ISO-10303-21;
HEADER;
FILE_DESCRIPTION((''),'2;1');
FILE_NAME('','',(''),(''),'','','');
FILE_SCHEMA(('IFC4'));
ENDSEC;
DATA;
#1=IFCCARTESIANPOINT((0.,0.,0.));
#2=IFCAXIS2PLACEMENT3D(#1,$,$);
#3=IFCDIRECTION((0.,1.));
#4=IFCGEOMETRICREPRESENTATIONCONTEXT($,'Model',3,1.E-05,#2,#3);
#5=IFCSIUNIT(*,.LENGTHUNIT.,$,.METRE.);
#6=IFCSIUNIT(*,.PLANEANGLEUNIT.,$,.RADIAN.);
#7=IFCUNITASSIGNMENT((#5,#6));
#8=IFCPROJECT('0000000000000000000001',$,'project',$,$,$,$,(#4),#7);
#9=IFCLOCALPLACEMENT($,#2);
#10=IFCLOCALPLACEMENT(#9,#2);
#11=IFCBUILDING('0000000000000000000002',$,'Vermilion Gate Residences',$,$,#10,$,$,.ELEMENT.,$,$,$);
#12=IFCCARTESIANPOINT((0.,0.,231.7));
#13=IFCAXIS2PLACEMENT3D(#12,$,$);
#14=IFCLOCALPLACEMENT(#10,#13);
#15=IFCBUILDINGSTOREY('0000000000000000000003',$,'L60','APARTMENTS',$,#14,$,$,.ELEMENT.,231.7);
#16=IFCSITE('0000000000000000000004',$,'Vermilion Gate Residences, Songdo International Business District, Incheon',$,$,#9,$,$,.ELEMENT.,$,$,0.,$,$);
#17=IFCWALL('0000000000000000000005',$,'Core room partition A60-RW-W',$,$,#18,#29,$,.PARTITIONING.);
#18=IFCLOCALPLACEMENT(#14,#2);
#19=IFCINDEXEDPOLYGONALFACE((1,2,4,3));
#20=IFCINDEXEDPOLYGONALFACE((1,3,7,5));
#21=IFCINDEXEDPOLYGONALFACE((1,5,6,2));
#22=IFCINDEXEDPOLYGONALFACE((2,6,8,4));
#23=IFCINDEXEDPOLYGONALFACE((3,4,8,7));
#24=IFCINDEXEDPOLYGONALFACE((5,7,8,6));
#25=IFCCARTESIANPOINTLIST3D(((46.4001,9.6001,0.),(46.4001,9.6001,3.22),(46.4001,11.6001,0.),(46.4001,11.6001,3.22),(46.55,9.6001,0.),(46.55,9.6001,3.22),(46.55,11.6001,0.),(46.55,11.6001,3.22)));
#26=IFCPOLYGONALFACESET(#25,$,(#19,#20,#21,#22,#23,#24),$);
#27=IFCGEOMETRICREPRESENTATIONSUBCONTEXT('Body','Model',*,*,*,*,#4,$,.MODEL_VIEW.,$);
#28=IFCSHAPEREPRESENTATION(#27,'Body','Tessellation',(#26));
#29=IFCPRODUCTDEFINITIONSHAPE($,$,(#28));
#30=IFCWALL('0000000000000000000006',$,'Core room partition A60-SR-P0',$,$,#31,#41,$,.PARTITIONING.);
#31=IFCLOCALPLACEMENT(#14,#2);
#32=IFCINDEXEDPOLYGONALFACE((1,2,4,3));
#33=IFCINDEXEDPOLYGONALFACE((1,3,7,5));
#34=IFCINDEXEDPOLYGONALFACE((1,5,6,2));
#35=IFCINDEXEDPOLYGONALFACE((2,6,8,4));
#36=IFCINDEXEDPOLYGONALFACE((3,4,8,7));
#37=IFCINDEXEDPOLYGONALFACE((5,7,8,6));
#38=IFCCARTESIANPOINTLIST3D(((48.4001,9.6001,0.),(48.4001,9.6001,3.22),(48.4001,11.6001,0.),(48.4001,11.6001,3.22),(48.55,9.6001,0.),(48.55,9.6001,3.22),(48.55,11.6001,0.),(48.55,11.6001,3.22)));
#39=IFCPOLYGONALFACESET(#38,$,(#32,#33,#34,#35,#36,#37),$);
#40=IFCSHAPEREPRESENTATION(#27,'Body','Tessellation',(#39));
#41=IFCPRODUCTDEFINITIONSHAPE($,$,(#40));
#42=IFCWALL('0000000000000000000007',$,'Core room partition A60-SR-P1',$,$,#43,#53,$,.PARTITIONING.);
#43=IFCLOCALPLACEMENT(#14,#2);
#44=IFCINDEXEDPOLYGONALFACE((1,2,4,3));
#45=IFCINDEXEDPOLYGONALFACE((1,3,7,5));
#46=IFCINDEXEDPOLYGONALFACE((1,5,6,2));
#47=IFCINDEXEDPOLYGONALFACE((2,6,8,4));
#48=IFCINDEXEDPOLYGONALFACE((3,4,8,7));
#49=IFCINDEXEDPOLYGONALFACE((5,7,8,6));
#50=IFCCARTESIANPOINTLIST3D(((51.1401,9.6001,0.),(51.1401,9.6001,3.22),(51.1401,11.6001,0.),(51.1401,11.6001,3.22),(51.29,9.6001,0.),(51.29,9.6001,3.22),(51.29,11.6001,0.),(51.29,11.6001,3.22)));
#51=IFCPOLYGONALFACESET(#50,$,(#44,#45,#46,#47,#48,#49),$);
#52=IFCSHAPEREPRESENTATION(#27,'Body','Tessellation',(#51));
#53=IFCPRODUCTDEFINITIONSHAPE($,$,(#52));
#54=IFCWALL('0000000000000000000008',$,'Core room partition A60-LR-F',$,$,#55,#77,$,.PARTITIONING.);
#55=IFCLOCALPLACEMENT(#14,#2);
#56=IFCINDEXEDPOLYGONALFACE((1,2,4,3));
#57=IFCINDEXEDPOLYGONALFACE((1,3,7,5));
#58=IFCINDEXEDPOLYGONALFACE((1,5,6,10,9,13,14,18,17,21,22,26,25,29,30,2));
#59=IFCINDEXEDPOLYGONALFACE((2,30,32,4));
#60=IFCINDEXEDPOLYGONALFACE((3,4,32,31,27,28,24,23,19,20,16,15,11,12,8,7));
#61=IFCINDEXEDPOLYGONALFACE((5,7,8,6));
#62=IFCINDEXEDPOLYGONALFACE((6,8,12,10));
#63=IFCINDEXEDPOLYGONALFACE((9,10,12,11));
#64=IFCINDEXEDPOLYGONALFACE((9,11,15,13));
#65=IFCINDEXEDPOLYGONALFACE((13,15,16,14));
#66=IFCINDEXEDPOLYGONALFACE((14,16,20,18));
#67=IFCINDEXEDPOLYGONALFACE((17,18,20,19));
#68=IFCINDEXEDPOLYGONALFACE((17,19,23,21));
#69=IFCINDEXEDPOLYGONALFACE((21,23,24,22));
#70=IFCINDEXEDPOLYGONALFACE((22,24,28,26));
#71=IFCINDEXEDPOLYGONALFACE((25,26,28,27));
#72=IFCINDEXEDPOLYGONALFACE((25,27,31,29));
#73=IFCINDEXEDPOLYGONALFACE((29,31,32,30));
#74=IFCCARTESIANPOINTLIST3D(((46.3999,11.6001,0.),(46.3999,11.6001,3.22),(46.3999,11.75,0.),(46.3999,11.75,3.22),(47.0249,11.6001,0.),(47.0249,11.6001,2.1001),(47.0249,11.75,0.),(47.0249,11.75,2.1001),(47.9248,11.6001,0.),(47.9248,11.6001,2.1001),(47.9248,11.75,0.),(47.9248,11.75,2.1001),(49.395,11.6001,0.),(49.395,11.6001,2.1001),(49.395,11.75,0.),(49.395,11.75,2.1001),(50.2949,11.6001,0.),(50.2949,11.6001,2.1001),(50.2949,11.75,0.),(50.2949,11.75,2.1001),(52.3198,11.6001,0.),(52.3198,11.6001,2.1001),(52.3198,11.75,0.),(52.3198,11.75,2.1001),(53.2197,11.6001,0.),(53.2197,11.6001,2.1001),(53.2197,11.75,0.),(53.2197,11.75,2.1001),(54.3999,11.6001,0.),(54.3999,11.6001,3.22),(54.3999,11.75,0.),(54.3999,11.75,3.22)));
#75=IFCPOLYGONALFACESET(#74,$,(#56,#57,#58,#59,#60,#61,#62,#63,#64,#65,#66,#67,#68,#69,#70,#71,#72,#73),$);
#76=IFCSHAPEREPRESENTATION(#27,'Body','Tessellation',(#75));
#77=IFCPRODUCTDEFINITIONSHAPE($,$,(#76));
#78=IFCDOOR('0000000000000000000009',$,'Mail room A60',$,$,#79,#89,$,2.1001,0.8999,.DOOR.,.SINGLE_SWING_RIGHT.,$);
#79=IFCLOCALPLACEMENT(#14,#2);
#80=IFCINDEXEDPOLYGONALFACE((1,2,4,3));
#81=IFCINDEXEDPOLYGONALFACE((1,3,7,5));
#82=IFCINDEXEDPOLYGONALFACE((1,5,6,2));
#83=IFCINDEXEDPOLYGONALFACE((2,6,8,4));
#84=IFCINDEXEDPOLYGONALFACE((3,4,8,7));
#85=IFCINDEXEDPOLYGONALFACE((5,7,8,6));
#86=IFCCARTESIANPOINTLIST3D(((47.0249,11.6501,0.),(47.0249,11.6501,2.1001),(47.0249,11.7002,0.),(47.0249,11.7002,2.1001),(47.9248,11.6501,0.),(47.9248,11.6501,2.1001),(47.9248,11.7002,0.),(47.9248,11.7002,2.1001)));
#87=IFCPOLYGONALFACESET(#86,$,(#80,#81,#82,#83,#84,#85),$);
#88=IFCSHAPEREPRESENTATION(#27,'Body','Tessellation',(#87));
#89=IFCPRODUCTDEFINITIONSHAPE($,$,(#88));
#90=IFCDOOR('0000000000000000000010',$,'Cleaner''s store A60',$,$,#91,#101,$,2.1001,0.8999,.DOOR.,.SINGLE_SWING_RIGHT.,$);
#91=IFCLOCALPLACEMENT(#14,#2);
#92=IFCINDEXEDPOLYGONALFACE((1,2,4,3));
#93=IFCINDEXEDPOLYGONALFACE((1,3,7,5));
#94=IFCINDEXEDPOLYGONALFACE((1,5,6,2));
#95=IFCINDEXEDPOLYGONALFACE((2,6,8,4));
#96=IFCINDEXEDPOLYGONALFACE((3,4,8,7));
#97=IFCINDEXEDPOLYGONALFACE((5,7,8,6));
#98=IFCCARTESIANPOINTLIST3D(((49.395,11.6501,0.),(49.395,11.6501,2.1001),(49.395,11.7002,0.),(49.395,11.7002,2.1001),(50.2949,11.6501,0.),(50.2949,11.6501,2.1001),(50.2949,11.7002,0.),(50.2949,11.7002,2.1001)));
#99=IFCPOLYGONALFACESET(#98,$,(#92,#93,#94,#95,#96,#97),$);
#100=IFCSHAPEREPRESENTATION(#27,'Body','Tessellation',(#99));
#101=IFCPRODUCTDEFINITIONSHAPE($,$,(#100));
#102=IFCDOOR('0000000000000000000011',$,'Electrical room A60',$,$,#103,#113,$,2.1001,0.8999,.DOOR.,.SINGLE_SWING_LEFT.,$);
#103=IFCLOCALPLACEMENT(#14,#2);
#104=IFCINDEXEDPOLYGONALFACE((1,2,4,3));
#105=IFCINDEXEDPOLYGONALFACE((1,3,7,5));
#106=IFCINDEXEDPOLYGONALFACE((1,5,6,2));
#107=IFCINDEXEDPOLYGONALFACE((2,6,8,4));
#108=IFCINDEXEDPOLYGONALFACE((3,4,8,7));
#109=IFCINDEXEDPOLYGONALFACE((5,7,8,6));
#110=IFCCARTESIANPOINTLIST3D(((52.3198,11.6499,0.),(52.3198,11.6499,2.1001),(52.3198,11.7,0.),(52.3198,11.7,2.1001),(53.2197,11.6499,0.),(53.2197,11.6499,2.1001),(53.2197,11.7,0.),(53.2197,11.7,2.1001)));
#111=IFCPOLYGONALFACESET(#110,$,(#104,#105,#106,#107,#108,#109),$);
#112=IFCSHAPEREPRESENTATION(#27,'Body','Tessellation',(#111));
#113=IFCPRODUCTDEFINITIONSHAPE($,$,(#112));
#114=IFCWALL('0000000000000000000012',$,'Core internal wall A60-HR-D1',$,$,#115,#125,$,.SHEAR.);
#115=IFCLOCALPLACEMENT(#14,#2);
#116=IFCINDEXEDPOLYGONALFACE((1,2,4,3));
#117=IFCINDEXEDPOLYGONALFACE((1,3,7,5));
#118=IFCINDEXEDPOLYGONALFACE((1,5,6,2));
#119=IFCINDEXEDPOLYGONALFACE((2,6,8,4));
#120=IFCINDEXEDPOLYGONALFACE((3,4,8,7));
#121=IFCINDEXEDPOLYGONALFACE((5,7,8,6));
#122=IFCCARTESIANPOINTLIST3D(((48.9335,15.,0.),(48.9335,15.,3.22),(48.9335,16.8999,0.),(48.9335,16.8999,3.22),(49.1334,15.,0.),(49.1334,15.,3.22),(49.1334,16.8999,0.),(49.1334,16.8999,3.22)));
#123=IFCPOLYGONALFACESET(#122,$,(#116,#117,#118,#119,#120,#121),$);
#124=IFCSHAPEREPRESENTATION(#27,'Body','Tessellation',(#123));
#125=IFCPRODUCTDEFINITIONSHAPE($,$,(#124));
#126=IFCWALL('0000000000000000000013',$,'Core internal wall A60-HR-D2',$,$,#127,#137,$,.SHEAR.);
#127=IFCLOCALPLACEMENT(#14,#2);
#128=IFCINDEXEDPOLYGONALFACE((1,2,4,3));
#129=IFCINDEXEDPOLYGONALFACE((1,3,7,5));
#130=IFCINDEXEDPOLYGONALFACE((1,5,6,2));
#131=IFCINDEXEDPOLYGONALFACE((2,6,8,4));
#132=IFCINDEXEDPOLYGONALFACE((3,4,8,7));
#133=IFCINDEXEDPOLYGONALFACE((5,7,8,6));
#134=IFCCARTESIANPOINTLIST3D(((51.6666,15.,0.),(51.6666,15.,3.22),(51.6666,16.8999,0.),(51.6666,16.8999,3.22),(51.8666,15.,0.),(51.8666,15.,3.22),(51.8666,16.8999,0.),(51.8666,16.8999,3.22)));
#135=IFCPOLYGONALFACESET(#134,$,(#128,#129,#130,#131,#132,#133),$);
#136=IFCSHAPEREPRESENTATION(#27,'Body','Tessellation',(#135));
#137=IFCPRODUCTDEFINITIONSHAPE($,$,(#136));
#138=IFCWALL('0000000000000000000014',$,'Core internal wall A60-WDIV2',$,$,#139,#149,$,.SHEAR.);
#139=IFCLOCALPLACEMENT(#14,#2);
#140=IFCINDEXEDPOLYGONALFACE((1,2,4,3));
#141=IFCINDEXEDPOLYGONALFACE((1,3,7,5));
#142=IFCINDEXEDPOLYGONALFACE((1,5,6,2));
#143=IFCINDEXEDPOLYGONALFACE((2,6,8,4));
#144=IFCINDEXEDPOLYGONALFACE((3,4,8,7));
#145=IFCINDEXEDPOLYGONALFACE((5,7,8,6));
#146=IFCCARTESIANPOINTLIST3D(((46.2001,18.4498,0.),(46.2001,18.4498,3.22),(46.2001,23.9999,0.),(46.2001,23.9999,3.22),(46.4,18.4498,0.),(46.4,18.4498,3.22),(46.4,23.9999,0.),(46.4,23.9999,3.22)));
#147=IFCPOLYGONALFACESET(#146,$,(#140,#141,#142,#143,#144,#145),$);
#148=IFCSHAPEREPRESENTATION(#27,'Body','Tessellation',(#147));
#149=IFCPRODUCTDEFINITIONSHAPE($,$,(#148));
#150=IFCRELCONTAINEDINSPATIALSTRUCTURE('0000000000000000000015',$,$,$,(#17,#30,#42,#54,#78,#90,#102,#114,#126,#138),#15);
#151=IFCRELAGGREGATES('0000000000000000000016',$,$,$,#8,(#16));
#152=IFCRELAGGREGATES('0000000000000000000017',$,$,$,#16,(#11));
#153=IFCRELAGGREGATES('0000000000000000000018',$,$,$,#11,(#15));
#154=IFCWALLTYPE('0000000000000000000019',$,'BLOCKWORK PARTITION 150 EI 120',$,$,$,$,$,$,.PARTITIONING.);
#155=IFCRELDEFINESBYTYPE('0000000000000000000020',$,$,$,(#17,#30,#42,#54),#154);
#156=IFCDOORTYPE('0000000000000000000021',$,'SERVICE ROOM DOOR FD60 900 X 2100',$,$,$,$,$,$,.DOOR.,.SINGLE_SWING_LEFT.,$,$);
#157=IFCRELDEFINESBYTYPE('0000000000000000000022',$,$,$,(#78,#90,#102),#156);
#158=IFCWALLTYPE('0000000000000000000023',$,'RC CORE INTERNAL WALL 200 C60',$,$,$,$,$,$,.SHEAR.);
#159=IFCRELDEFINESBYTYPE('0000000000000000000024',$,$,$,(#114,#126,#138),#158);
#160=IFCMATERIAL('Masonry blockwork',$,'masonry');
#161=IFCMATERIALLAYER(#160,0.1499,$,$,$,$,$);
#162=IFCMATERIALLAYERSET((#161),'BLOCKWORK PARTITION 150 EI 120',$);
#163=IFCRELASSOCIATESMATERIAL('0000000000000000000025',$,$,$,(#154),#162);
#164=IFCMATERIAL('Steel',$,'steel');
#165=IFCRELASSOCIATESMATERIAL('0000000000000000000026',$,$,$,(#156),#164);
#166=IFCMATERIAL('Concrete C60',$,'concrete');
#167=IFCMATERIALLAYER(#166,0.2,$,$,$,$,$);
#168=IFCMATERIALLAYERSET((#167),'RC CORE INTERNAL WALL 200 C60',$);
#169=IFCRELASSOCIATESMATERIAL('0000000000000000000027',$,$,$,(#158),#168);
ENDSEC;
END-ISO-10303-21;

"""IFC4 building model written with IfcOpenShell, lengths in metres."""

from ifc_helpers import new_model, si_unit, direction, frame, frame_2d, origin, place, context, subcontext, project, spatial, rectangle, extrude, material, layer, layer_set, type_object, element, fill, save


model = new_model("IFC4")

# Units and contexts
model_context = context("Model", 3, precision=1e-05, world=origin(), true_north=direction((0.0, 1.0)))
body_context = subcontext(model_context, "Body", "Model", "MODEL_VIEW")
ifc_project = project(units=[si_unit("LENGTHUNIT", "METRE"), si_unit("PLANEANGLEUNIT", "RADIAN")], contexts=[model_context])

# Site, building, storey
site_placement = place(None, origin())
site = spatial("IfcSite", under=ifc_project, at=site_placement, Name="Vermilion Gate Residences, Songdo International Business District, Incheon", CompositionType="ELEMENT", RefElevation=0.0)
building_placement = place(site_placement, origin())
building = spatial("IfcBuilding", under=site, at=building_placement, Name="Vermilion Gate Residences", CompositionType="ELEMENT")
storey_placement = place(building_placement, frame((0.0, 0.0, 231.7)))
storey = spatial("IfcBuildingStorey", under=building, at=storey_placement, Name="L60", Description="APARTMENTS", CompositionType="ELEMENT", Elevation=231.7)

# Walls
ifc_material_1 = material(Name="Masonry blockwork", Category="masonry")
ifc_layer_1 = layer(ifc_material_1, 0.1499)
ifc_layer_set_1 = layer_set([ifc_layer_1], Name="BLOCKWORK PARTITION 150 EI 120")
wall_type_1 = type_object("IfcWallType", Name="BLOCKWORK PARTITION 150 EI 120", PredefinedType="PARTITIONING", material=ifc_layer_set_1)
for number, where, z_axis, x_axis, name in (
    (1, (46.4751, 9.6001, 0.0), (0.0, 0.0, 1.0), (0.0, 1.0, 0.0), "Core room partition A60-RW-W"),
    (2, (48.4751, 9.6001, 0.0), (0.0, 0.0, 1.0), (0.0, 1.0, 0.0), "Core room partition A60-SR-P0"),
    (3, (51.2151, 9.6001, 0.0), (0.0, 0.0, 1.0), (0.0, 1.0, 0.0), "Core room partition A60-SR-P1"),
):
    element("IfcWall", number, at=place(storey_placement, frame(where, z_axis=z_axis, x_axis=x_axis)), inside=storey, type_object=wall_type_1, Name=name, PredefinedType="PARTITIONING", context=body_context, shape_type="SweptSolid", body=[
        extrude(rectangle(XDim=2.0, YDim=0.1499, at=frame_2d((1.0, 0.0))), origin(), (0.0, 0.0, 1.0), 3.22),
    ])

# Wall, openings, doors
wall_1_placement = place(storey_placement, frame((46.3999, 11.675, 0.0), z_axis=(0.0, 0.0, 1.0), x_axis=(1.0, 0.0, 0.0)))
wall_1 = element("IfcWall", 4, at=wall_1_placement, inside=storey, type_object=wall_type_1, Name="Core room partition A60-LR-F", PredefinedType="PARTITIONING", context=body_context, shape_type="SweptSolid", body=[
    extrude(rectangle(XDim=8.0, YDim=0.1499, at=frame_2d((4.0, 0.0))), origin(), (0.0, 0.0, 1.0), 3.22),
])
opening_1_placement = place(wall_1_placement, frame((0.625, 0.0, 0.0)))
opening_1 = element("IfcOpeningElement", 5, at=opening_1_placement, cuts=wall_1, PredefinedType="OPENING", context=body_context, shape_type="SweptSolid", body=[
    extrude(rectangle(XDim=0.8999, YDim=2.1001, at=frame_2d((0.45, 1.05))), frame((0.0, 0.085, 0.0), z_axis=(0.0, -1.0, 0.0), x_axis=(1.0, 0.0, 0.0)), (0.0, 0.0, 1.0), 0.1699),
])
opening_2_placement = place(wall_1_placement, frame((2.9951, 0.0, 0.0)))
opening_2 = element("IfcOpeningElement", 6, at=opening_2_placement, cuts=wall_1, PredefinedType="OPENING", context=body_context, shape_type="SweptSolid", body=[
    extrude(rectangle(XDim=0.8999, YDim=2.1001, at=frame_2d((0.45, 1.05))), frame((0.0, 0.085, 0.0), z_axis=(0.0, -1.0, 0.0), x_axis=(1.0, 0.0, 0.0)), (0.0, 0.0, 1.0), 0.1699),
])
opening_3_placement = place(wall_1_placement, frame((5.9199, 0.0, 0.0)))
opening_3 = element("IfcOpeningElement", 7, at=opening_3_placement, cuts=wall_1, PredefinedType="OPENING", context=body_context, shape_type="SweptSolid", body=[
    extrude(rectangle(XDim=0.8999, YDim=2.1001, at=frame_2d((0.45, 1.05))), frame((0.0, 0.085, 0.0), z_axis=(0.0, -1.0, 0.0), x_axis=(1.0, 0.0, 0.0)), (0.0, 0.0, 1.0), 0.1699),
])
ifc_material_2 = material(Name="Steel", Category="steel")
door_type_1 = type_object("IfcDoorType", Name="SERVICE ROOM DOOR FD60 900 X 2100", OperationType="SINGLE_SWING_LEFT", PredefinedType="DOOR", material=ifc_material_2)
door_1_placement = place(opening_1_placement, frame((0.8999, 0.0, 0.0), z_axis=(0.0, 0.0, 1.0), x_axis=(-1.0, 0.0, 0.0)))
door_1 = element("IfcDoor", 8, at=door_1_placement, inside=storey, type_object=door_type_1, Name="Mail room A60", OperationType="SINGLE_SWING_RIGHT", OverallHeight=2.1001, OverallWidth=0.8999, PredefinedType="DOOR", context=body_context, shape_type="SweptSolid", body=[
    extrude(rectangle(XDim=0.8999, YDim=2.1001, at=frame_2d((0.45, 1.05))), frame((0.0, 0.0249, 0.0), z_axis=(0.0, -1.0, 0.0), x_axis=(1.0, 0.0, 0.0)), (0.0, 0.0, 1.0), 0.05),
])
fill(opening_1, door_1)
door_2_placement = place(opening_2_placement, frame((0.8999, 0.0, 0.0), z_axis=(0.0, 0.0, 1.0), x_axis=(-1.0, 0.0, 0.0)))
door_2 = element("IfcDoor", 9, at=door_2_placement, inside=storey, type_object=door_type_1, Name="Cleaner's store A60", OperationType="SINGLE_SWING_RIGHT", OverallHeight=2.1001, OverallWidth=0.8999, PredefinedType="DOOR", context=body_context, shape_type="SweptSolid", body=[
    extrude(rectangle(XDim=0.8999, YDim=2.1001, at=frame_2d((0.45, 1.05))), frame((0.0, 0.0249, 0.0), z_axis=(0.0, -1.0, 0.0), x_axis=(1.0, 0.0, 0.0)), (0.0, 0.0, 1.0), 0.05),
])
fill(opening_2, door_2)
door_3_placement = place(opening_3_placement, origin())
door_3 = element("IfcDoor", 10, at=door_3_placement, inside=storey, type_object=door_type_1, Name="Electrical room A60", OperationType="SINGLE_SWING_LEFT", OverallHeight=2.1001, OverallWidth=0.8999, PredefinedType="DOOR", context=body_context, shape_type="SweptSolid", body=[
    extrude(rectangle(XDim=0.8999, YDim=2.1001, at=frame_2d((0.45, 1.05))), frame((0.0, 0.0249, 0.0), z_axis=(0.0, -1.0, 0.0), x_axis=(1.0, 0.0, 0.0)), (0.0, 0.0, 1.0), 0.05),
])
fill(opening_3, door_3)

# Walls
ifc_material_3 = material(Name="Concrete C60", Category="concrete")
ifc_layer_2 = layer(ifc_material_3, 0.2)
ifc_layer_set_2 = layer_set([ifc_layer_2], Name="RC CORE INTERNAL WALL 200 C60")
wall_type_2 = type_object("IfcWallType", Name="RC CORE INTERNAL WALL 200 C60", PredefinedType="SHEAR", material=ifc_layer_set_2)
for number, where, z_axis, x_axis, name in (
    (11, (49.0334, 15.0, 0.0), (0.0, 0.0, 1.0), (0.0, 1.0, 0.0), "Core internal wall A60-HR-D1"),
    (12, (51.7666, 15.0, 0.0), (0.0, 0.0, 1.0), (0.0, 1.0, 0.0), "Core internal wall A60-HR-D2"),
):
    element("IfcWall", number, at=place(storey_placement, frame(where, z_axis=z_axis, x_axis=x_axis)), inside=storey, type_object=wall_type_2, Name=name, PredefinedType="SHEAR", context=body_context, shape_type="SweptSolid", body=[
        extrude(rectangle(XDim=1.8999, YDim=0.2, at=frame_2d((0.95, 0.0))), origin(), (0.0, 0.0, 1.0), 3.22),
    ])
wall_2_placement = place(storey_placement, frame((46.3, 18.45, 0.0), z_axis=(0.0, 0.0, 1.0), x_axis=(0.0, 1.0, 0.0)))
element("IfcWall", 13, at=wall_2_placement, inside=storey, type_object=wall_type_2, Name="Core internal wall A60-WDIV2", PredefinedType="SHEAR", context=body_context, shape_type="SweptSolid", body=[
    extrude(rectangle(XDim=5.55, YDim=0.2, at=frame_2d((2.7749, 0.0))), origin(), (0.0, 0.0, 1.0), 3.22),
])

save(model, "model.ifc")
